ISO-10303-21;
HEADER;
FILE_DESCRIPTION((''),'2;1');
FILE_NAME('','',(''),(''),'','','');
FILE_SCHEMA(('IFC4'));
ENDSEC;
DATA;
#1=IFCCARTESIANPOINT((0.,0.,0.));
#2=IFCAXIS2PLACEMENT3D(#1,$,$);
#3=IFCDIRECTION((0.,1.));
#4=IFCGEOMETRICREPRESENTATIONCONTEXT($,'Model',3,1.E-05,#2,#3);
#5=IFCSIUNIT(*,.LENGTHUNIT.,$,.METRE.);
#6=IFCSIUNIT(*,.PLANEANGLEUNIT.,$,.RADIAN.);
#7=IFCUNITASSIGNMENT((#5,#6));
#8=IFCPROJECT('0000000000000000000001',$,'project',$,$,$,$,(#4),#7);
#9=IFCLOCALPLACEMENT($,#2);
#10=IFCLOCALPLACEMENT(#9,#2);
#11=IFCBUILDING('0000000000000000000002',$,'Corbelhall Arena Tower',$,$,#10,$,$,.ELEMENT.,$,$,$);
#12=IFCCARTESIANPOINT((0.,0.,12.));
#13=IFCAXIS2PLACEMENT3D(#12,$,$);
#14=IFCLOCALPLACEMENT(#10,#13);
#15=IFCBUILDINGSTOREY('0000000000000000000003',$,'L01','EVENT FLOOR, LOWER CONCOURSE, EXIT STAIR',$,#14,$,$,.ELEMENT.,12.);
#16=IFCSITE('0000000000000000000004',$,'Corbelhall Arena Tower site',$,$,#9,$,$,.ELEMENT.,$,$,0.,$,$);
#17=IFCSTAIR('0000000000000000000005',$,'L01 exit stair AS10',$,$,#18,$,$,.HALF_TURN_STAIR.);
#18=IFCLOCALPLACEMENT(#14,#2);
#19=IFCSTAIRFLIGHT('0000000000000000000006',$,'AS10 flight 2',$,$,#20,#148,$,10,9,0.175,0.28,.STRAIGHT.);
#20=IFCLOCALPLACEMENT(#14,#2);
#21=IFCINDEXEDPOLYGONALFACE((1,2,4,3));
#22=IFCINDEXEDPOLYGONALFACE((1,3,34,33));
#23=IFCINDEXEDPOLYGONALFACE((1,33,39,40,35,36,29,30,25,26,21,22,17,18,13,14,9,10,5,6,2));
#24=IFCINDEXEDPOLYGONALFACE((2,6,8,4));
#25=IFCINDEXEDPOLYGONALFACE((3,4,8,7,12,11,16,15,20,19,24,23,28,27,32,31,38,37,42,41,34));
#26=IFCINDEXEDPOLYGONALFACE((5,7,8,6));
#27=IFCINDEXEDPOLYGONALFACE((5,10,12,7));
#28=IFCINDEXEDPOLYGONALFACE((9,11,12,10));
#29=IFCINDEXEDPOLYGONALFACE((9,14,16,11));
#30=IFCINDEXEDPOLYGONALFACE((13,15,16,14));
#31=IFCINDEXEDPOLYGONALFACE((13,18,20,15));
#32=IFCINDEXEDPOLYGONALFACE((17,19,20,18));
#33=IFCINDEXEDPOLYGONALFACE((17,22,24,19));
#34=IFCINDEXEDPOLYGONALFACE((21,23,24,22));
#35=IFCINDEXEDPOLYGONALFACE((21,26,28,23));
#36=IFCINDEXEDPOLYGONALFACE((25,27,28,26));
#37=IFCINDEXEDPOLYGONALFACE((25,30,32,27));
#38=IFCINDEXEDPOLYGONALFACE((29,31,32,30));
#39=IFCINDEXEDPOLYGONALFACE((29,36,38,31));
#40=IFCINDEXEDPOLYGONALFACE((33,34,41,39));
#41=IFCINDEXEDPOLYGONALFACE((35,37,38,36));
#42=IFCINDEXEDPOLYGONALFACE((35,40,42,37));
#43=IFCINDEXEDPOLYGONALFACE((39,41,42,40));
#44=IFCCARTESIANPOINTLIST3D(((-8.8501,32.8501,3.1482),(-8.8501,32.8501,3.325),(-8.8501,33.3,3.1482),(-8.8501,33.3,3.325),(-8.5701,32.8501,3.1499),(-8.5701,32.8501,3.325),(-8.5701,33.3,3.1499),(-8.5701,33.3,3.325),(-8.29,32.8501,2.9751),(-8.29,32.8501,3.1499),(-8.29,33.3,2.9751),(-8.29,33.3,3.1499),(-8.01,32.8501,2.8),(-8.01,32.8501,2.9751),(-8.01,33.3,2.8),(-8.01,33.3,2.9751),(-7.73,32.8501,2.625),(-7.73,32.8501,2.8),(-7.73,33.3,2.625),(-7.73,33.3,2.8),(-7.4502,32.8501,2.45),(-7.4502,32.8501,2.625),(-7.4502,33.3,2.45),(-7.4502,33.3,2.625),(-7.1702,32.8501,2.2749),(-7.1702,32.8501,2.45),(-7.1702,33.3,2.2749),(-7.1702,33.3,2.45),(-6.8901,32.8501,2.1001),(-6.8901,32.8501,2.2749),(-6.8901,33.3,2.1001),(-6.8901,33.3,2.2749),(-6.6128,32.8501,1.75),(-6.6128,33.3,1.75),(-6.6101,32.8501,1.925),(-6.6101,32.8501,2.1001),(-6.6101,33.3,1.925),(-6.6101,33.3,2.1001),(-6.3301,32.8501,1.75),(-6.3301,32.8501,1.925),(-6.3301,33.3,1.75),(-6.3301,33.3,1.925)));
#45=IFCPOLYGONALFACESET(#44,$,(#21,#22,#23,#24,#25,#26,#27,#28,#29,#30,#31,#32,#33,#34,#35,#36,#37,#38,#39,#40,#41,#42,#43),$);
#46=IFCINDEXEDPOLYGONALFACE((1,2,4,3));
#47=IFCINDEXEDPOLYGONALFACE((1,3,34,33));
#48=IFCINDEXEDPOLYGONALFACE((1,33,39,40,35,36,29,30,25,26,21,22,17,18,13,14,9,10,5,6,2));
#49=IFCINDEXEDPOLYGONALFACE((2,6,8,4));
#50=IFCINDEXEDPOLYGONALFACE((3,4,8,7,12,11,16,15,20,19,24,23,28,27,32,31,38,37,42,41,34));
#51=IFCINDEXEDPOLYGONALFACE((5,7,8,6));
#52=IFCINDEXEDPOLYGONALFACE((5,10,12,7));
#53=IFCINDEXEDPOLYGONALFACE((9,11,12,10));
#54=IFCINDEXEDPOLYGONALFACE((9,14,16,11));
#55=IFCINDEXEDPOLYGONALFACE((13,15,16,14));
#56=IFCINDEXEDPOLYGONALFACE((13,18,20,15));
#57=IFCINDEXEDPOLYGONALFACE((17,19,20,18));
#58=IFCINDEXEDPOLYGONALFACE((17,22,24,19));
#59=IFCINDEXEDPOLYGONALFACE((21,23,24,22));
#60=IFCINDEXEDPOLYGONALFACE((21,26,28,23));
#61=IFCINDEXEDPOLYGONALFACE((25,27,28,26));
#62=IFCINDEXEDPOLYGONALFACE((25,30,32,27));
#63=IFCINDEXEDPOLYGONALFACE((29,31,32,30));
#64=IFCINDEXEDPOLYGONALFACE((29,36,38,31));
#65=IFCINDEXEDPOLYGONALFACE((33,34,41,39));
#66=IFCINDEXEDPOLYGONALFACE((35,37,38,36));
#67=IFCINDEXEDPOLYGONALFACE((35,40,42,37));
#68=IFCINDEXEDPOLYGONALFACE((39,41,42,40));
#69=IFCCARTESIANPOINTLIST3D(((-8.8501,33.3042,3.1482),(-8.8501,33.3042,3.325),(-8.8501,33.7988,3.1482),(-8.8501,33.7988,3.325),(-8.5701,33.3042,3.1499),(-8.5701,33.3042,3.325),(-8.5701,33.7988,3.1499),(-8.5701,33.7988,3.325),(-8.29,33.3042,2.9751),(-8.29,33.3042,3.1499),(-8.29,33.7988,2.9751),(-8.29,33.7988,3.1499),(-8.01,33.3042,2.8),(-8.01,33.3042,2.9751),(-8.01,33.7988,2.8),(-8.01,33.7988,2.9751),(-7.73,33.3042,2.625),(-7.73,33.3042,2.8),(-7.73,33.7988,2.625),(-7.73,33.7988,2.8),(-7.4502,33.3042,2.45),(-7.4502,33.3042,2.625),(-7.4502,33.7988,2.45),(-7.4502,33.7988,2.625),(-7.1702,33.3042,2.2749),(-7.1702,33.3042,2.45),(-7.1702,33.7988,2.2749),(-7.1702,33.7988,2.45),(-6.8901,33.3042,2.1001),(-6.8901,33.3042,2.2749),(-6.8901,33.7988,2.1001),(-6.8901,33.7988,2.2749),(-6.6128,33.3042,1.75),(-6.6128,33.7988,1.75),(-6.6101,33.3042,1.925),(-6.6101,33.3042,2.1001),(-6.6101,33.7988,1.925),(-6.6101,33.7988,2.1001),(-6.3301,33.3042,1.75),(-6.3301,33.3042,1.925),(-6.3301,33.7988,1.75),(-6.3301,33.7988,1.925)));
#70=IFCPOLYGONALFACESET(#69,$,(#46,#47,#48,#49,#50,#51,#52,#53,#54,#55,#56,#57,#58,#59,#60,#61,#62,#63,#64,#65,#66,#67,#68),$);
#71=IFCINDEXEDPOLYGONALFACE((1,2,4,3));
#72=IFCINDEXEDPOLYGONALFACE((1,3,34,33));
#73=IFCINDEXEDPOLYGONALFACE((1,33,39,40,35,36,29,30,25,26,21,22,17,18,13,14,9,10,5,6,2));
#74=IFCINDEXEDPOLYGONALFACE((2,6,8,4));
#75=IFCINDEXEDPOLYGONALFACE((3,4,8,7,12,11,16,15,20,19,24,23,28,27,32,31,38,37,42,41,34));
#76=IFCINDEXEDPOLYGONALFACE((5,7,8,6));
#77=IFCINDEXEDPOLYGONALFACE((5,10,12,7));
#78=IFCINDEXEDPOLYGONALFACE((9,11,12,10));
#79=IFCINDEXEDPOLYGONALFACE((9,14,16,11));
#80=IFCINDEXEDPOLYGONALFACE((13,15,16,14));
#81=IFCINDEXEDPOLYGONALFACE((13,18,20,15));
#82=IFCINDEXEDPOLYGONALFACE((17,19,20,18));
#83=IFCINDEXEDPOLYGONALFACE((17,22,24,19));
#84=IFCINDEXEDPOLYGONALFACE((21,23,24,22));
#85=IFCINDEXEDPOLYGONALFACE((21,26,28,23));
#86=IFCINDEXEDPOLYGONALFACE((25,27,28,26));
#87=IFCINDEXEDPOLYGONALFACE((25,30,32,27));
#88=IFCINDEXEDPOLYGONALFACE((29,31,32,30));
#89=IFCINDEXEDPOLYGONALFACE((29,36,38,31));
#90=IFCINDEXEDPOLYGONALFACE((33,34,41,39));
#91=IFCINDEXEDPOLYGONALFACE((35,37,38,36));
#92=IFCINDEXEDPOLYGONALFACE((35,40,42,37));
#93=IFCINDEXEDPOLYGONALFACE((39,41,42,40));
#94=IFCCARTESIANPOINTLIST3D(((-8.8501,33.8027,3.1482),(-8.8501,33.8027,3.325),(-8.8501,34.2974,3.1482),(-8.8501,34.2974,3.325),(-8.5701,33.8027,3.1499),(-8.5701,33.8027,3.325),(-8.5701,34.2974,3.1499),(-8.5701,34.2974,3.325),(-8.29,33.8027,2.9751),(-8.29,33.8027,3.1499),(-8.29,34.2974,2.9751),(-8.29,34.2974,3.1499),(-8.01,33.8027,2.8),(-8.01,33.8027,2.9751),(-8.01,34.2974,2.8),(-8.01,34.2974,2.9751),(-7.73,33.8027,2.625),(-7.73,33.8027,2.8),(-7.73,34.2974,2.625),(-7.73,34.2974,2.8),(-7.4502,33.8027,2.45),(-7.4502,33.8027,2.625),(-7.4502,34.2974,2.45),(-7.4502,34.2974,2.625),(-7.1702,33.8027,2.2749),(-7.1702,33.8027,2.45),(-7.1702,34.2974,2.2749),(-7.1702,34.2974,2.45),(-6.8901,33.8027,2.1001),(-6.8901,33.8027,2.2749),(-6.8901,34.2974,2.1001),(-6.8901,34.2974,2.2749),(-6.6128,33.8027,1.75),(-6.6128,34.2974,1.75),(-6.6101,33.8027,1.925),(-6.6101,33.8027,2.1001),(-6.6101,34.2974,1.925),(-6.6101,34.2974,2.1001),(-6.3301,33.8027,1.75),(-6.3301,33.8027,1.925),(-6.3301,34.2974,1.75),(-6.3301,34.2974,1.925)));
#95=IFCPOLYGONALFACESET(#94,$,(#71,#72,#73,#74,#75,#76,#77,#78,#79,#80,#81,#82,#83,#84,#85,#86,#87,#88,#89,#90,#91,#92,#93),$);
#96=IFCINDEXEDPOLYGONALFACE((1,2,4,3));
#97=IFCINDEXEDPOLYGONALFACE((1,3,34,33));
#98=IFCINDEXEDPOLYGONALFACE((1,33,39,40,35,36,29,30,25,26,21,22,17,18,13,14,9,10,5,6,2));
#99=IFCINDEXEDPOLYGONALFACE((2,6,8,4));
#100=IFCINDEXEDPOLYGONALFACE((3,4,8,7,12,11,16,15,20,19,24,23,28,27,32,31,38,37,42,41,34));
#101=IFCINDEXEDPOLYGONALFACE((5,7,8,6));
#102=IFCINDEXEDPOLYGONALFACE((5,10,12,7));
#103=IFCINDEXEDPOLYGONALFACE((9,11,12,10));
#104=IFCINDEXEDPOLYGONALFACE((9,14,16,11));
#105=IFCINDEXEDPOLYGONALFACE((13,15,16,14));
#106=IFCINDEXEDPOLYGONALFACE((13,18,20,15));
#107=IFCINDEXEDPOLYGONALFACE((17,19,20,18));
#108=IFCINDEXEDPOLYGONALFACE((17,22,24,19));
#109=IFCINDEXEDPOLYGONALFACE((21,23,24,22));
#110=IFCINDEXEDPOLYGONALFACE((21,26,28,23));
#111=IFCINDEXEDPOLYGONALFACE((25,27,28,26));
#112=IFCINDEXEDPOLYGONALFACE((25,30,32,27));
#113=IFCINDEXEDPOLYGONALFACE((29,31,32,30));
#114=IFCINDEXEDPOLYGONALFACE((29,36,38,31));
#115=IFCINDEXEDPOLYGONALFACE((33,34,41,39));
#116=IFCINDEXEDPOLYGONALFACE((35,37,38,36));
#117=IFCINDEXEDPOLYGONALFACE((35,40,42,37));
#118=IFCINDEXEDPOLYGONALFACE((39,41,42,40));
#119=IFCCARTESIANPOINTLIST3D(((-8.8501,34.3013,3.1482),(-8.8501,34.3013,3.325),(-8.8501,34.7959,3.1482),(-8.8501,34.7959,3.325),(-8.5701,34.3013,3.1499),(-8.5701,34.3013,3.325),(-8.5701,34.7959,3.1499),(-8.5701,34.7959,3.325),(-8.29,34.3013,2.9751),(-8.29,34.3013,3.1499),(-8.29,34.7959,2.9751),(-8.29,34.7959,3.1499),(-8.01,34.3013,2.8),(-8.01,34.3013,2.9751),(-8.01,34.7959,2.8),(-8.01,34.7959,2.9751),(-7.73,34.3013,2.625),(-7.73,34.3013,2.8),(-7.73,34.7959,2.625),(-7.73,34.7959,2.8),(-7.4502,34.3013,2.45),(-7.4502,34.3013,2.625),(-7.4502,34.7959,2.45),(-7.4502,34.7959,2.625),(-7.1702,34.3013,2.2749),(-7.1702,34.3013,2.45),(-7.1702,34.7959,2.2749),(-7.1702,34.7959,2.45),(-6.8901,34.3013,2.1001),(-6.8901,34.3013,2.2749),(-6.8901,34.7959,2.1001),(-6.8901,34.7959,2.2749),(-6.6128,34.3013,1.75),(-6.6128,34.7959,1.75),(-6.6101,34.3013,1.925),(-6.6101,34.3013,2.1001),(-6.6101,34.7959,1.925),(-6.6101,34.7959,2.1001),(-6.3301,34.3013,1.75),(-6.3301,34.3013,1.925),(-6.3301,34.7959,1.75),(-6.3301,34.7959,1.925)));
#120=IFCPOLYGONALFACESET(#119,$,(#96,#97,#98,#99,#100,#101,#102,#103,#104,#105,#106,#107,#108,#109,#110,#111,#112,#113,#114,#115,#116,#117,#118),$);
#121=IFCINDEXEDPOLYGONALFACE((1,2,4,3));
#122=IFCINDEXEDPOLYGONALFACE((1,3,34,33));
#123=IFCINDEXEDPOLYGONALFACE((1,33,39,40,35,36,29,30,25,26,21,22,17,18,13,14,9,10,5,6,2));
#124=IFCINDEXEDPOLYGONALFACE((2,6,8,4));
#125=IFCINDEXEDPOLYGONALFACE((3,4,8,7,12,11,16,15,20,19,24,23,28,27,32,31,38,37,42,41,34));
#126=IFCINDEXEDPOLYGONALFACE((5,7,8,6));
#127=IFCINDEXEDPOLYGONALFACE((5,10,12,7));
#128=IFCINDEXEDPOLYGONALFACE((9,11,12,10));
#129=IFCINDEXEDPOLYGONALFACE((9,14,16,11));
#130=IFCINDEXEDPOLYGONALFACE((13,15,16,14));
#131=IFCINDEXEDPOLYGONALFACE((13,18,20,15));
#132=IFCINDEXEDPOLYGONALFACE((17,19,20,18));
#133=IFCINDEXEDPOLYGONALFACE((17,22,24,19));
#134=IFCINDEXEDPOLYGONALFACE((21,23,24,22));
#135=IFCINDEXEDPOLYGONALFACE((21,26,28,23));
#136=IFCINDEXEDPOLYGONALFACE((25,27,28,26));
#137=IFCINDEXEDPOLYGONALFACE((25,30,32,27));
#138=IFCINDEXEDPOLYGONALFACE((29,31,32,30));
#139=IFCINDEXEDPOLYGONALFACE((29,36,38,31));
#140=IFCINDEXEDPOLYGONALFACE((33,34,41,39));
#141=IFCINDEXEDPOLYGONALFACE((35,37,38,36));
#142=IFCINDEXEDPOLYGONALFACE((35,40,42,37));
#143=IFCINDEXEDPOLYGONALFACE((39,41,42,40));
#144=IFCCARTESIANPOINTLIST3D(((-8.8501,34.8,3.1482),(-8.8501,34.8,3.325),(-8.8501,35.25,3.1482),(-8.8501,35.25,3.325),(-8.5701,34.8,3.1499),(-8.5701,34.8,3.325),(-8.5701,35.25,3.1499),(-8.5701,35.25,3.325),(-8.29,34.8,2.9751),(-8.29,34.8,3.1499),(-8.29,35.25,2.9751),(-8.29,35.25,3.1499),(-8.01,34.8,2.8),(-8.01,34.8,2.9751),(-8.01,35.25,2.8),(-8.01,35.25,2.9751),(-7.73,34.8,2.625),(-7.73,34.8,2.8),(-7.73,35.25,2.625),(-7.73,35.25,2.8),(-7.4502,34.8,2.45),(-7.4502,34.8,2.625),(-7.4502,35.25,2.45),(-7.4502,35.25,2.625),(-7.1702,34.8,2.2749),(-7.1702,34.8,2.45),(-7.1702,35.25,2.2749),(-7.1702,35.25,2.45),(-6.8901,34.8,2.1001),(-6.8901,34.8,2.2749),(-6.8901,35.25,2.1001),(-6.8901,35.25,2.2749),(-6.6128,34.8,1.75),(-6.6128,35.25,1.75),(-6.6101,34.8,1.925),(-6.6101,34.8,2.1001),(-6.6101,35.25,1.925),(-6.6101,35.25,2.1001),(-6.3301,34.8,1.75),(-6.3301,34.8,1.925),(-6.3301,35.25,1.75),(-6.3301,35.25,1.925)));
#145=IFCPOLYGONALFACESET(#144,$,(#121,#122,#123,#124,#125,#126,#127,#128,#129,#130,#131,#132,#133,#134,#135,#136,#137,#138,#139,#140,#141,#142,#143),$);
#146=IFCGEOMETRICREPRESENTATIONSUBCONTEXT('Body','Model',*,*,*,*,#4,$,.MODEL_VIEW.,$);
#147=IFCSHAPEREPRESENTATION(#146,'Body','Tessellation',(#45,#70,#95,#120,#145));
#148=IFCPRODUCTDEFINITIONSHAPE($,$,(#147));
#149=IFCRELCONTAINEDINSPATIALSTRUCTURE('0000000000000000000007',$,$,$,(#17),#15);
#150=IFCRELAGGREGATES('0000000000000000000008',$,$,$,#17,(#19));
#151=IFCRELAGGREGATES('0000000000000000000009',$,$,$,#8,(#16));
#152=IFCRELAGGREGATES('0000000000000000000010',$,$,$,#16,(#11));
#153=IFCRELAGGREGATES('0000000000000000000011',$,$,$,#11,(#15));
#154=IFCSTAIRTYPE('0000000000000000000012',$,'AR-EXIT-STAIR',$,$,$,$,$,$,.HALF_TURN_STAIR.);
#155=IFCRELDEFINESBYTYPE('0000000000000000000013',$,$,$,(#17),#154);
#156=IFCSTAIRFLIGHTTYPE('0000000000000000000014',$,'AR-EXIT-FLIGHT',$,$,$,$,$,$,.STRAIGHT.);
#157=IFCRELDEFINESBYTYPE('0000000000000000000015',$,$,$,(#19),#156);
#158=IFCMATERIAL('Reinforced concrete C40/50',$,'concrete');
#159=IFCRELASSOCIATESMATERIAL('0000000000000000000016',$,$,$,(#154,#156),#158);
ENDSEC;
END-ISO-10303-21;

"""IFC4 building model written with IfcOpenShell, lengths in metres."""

from ifc_helpers import new_model, si_unit, direction, frame, origin, place, context, subcontext, project, spatial, polyline, outline, extrude, material, type_object, element, aggregate, save


model = new_model("IFC4")

# Units and contexts
model_context = context("Model", 3, precision=1e-05, world=origin(), true_north=direction((0.0, 1.0)))
body_context = subcontext(model_context, "Body", "Model", "MODEL_VIEW")
ifc_project = project(units=[si_unit("LENGTHUNIT", "METRE"), si_unit("PLANEANGLEUNIT", "RADIAN")], contexts=[model_context])

# Site, building, storey
site_placement = place(None, origin())
site = spatial("IfcSite", under=ifc_project, at=site_placement, Name="Corbelhall Arena Tower site", CompositionType="ELEMENT", RefElevation=0.0)
building_placement = place(site_placement, origin())
building = spatial("IfcBuilding", under=site, at=building_placement, Name="Corbelhall Arena Tower", CompositionType="ELEMENT")
storey_placement = place(building_placement, frame((0.0, 0.0, 12.0)))
storey = spatial("IfcBuildingStorey", under=building, at=storey_placement, Name="L01", Description="EVENT FLOOR, LOWER CONCOURSE, EXIT STAIR", CompositionType="ELEMENT", Elevation=12.0)

# Shared definitions
ifc_material_1 = material(Name="Reinforced concrete C40/50", Category="concrete")

# Stair, stair flight
stair_type = type_object("IfcStairType", Name="AR-EXIT-STAIR", PredefinedType="HALF_TURN_STAIR", material=ifc_material_1)
stair_placement = place(storey_placement, origin())
stair = element("IfcStair", 1, at=stair_placement, inside=storey, type_object=stair_type, Name="L01 exit stair AS10", PredefinedType="HALF_TURN_STAIR")
stair_flight_type = type_object("IfcStairFlightType", Name="AR-EXIT-FLIGHT", PredefinedType="STRAIGHT", material=ifc_material_1)
stair_flight_1_placement = place(storey_placement, frame((-6.3301, 34.05, 1.75), z_axis=(0.0, 0.0, 1.0), x_axis=(-1.0, 0.0, 0.0)))
stair_flight_1 = element("IfcStairFlight", 2, at=stair_flight_1_placement, type_object=stair_flight_type, Name="AS10 flight 2", NumberOfRisers=10, NumberOfTreads=9, PredefinedType="STRAIGHT", RiserHeight=0.175, TreadLength=0.28, context=body_context, shape_type="SweptSolid", body=[
    extrude(outline(polyline([(0.0, 0.0), (0.0, 0.175), (0.28, 0.175), (0.28, 0.3501), (0.5601, 0.3501), (0.5601, 0.5249), (0.8401, 0.5249), (0.8401, 0.7), (1.1201, 0.7), (1.1201, 0.875), (1.3999, 0.875), (1.3999, 1.05), (1.6799, 1.05), (1.6799, 1.2251), (1.96, 1.2251), (1.96, 1.3999), (2.24, 1.3999), (2.24, 1.575), (2.52, 1.575), (2.52, 1.75), (2.52, 1.3982), (0.2827, 0.0), (0.0, 0.0)])), frame((0.0, 1.2, 0.0), z_axis=(0.0, -1.0, 0.0), x_axis=(1.0, 0.0, 0.0)), (0.0, 0.0, 1.0), 0.45),
    extrude(outline(polyline([(0.0, 0.0), (0.0, 0.175), (0.28, 0.175), (0.28, 0.3501), (0.5601, 0.3501), (0.5601, 0.5249), (0.8401, 0.5249), (0.8401, 0.7), (1.1201, 0.7), (1.1201, 0.875), (1.3999, 0.875), (1.3999, 1.05), (1.6799, 1.05), (1.6799, 1.2251), (1.96, 1.2251), (1.96, 1.3999), (2.24, 1.3999), (2.24, 1.575), (2.52, 1.575), (2.52, 1.75), (2.52, 1.3982), (0.2827, 0.0), (0.0, 0.0)])), frame((0.0, 0.7458, 0.0), z_axis=(0.0, -1.0, 0.0), x_axis=(1.0, 0.0, 0.0)), (0.0, 0.0, 1.0), 0.4946),
    extrude(outline(polyline([(0.0, 0.0), (0.0, 0.175), (0.28, 0.175), (0.28, 0.3501), (0.5601, 0.3501), (0.5601, 0.5249), (0.8401, 0.5249), (0.8401, 0.7), (1.1201, 0.7), (1.1201, 0.875), (1.3999, 0.875), (1.3999, 1.05), (1.6799, 1.05), (1.6799, 1.2251), (1.96, 1.2251), (1.96, 1.3999), (2.24, 1.3999), (2.24, 1.575), (2.52, 1.575), (2.52, 1.75), (2.52, 1.3982), (0.2827, 0.0), (0.0, 0.0)])), frame((0.0, 0.2473, 0.0), z_axis=(0.0, -1.0, 0.0), x_axis=(1.0, 0.0, 0.0)), (0.0, 0.0, 1.0), 0.4946),
    extrude(outline(polyline([(0.0, 0.0), (0.0, 0.175), (0.28, 0.175), (0.28, 0.3501), (0.5601, 0.3501), (0.5601, 0.5249), (0.8401, 0.5249), (0.8401, 0.7), (1.1201, 0.7), (1.1201, 0.875), (1.3999, 0.875), (1.3999, 1.05), (1.6799, 1.05), (1.6799, 1.2251), (1.96, 1.2251), (1.96, 1.3999), (2.24, 1.3999), (2.24, 1.575), (2.52, 1.575), (2.52, 1.75), (2.52, 1.3982), (0.2827, 0.0), (0.0, 0.0)])), frame((0.0, -0.2512, 0.0), z_axis=(0.0, -1.0, 0.0), x_axis=(1.0, 0.0, 0.0)), (0.0, 0.0, 1.0), 0.4946),
    extrude(outline(polyline([(0.0, 0.0), (0.0, 0.175), (0.28, 0.175), (0.28, 0.3501), (0.5601, 0.3501), (0.5601, 0.5249), (0.8401, 0.5249), (0.8401, 0.7), (1.1201, 0.7), (1.1201, 0.875), (1.3999, 0.875), (1.3999, 1.05), (1.6799, 1.05), (1.6799, 1.2251), (1.96, 1.2251), (1.96, 1.3999), (2.24, 1.3999), (2.24, 1.575), (2.52, 1.575), (2.52, 1.75), (2.52, 1.3982), (0.2827, 0.0), (0.0, 0.0)])), frame((0.0, -0.75, 0.0), z_axis=(0.0, -1.0, 0.0), x_axis=(1.0, 0.0, 0.0)), (0.0, 0.0, 1.0), 0.45),
])
aggregate(stair, [stair_flight_1])

save(model, "model.ifc")
